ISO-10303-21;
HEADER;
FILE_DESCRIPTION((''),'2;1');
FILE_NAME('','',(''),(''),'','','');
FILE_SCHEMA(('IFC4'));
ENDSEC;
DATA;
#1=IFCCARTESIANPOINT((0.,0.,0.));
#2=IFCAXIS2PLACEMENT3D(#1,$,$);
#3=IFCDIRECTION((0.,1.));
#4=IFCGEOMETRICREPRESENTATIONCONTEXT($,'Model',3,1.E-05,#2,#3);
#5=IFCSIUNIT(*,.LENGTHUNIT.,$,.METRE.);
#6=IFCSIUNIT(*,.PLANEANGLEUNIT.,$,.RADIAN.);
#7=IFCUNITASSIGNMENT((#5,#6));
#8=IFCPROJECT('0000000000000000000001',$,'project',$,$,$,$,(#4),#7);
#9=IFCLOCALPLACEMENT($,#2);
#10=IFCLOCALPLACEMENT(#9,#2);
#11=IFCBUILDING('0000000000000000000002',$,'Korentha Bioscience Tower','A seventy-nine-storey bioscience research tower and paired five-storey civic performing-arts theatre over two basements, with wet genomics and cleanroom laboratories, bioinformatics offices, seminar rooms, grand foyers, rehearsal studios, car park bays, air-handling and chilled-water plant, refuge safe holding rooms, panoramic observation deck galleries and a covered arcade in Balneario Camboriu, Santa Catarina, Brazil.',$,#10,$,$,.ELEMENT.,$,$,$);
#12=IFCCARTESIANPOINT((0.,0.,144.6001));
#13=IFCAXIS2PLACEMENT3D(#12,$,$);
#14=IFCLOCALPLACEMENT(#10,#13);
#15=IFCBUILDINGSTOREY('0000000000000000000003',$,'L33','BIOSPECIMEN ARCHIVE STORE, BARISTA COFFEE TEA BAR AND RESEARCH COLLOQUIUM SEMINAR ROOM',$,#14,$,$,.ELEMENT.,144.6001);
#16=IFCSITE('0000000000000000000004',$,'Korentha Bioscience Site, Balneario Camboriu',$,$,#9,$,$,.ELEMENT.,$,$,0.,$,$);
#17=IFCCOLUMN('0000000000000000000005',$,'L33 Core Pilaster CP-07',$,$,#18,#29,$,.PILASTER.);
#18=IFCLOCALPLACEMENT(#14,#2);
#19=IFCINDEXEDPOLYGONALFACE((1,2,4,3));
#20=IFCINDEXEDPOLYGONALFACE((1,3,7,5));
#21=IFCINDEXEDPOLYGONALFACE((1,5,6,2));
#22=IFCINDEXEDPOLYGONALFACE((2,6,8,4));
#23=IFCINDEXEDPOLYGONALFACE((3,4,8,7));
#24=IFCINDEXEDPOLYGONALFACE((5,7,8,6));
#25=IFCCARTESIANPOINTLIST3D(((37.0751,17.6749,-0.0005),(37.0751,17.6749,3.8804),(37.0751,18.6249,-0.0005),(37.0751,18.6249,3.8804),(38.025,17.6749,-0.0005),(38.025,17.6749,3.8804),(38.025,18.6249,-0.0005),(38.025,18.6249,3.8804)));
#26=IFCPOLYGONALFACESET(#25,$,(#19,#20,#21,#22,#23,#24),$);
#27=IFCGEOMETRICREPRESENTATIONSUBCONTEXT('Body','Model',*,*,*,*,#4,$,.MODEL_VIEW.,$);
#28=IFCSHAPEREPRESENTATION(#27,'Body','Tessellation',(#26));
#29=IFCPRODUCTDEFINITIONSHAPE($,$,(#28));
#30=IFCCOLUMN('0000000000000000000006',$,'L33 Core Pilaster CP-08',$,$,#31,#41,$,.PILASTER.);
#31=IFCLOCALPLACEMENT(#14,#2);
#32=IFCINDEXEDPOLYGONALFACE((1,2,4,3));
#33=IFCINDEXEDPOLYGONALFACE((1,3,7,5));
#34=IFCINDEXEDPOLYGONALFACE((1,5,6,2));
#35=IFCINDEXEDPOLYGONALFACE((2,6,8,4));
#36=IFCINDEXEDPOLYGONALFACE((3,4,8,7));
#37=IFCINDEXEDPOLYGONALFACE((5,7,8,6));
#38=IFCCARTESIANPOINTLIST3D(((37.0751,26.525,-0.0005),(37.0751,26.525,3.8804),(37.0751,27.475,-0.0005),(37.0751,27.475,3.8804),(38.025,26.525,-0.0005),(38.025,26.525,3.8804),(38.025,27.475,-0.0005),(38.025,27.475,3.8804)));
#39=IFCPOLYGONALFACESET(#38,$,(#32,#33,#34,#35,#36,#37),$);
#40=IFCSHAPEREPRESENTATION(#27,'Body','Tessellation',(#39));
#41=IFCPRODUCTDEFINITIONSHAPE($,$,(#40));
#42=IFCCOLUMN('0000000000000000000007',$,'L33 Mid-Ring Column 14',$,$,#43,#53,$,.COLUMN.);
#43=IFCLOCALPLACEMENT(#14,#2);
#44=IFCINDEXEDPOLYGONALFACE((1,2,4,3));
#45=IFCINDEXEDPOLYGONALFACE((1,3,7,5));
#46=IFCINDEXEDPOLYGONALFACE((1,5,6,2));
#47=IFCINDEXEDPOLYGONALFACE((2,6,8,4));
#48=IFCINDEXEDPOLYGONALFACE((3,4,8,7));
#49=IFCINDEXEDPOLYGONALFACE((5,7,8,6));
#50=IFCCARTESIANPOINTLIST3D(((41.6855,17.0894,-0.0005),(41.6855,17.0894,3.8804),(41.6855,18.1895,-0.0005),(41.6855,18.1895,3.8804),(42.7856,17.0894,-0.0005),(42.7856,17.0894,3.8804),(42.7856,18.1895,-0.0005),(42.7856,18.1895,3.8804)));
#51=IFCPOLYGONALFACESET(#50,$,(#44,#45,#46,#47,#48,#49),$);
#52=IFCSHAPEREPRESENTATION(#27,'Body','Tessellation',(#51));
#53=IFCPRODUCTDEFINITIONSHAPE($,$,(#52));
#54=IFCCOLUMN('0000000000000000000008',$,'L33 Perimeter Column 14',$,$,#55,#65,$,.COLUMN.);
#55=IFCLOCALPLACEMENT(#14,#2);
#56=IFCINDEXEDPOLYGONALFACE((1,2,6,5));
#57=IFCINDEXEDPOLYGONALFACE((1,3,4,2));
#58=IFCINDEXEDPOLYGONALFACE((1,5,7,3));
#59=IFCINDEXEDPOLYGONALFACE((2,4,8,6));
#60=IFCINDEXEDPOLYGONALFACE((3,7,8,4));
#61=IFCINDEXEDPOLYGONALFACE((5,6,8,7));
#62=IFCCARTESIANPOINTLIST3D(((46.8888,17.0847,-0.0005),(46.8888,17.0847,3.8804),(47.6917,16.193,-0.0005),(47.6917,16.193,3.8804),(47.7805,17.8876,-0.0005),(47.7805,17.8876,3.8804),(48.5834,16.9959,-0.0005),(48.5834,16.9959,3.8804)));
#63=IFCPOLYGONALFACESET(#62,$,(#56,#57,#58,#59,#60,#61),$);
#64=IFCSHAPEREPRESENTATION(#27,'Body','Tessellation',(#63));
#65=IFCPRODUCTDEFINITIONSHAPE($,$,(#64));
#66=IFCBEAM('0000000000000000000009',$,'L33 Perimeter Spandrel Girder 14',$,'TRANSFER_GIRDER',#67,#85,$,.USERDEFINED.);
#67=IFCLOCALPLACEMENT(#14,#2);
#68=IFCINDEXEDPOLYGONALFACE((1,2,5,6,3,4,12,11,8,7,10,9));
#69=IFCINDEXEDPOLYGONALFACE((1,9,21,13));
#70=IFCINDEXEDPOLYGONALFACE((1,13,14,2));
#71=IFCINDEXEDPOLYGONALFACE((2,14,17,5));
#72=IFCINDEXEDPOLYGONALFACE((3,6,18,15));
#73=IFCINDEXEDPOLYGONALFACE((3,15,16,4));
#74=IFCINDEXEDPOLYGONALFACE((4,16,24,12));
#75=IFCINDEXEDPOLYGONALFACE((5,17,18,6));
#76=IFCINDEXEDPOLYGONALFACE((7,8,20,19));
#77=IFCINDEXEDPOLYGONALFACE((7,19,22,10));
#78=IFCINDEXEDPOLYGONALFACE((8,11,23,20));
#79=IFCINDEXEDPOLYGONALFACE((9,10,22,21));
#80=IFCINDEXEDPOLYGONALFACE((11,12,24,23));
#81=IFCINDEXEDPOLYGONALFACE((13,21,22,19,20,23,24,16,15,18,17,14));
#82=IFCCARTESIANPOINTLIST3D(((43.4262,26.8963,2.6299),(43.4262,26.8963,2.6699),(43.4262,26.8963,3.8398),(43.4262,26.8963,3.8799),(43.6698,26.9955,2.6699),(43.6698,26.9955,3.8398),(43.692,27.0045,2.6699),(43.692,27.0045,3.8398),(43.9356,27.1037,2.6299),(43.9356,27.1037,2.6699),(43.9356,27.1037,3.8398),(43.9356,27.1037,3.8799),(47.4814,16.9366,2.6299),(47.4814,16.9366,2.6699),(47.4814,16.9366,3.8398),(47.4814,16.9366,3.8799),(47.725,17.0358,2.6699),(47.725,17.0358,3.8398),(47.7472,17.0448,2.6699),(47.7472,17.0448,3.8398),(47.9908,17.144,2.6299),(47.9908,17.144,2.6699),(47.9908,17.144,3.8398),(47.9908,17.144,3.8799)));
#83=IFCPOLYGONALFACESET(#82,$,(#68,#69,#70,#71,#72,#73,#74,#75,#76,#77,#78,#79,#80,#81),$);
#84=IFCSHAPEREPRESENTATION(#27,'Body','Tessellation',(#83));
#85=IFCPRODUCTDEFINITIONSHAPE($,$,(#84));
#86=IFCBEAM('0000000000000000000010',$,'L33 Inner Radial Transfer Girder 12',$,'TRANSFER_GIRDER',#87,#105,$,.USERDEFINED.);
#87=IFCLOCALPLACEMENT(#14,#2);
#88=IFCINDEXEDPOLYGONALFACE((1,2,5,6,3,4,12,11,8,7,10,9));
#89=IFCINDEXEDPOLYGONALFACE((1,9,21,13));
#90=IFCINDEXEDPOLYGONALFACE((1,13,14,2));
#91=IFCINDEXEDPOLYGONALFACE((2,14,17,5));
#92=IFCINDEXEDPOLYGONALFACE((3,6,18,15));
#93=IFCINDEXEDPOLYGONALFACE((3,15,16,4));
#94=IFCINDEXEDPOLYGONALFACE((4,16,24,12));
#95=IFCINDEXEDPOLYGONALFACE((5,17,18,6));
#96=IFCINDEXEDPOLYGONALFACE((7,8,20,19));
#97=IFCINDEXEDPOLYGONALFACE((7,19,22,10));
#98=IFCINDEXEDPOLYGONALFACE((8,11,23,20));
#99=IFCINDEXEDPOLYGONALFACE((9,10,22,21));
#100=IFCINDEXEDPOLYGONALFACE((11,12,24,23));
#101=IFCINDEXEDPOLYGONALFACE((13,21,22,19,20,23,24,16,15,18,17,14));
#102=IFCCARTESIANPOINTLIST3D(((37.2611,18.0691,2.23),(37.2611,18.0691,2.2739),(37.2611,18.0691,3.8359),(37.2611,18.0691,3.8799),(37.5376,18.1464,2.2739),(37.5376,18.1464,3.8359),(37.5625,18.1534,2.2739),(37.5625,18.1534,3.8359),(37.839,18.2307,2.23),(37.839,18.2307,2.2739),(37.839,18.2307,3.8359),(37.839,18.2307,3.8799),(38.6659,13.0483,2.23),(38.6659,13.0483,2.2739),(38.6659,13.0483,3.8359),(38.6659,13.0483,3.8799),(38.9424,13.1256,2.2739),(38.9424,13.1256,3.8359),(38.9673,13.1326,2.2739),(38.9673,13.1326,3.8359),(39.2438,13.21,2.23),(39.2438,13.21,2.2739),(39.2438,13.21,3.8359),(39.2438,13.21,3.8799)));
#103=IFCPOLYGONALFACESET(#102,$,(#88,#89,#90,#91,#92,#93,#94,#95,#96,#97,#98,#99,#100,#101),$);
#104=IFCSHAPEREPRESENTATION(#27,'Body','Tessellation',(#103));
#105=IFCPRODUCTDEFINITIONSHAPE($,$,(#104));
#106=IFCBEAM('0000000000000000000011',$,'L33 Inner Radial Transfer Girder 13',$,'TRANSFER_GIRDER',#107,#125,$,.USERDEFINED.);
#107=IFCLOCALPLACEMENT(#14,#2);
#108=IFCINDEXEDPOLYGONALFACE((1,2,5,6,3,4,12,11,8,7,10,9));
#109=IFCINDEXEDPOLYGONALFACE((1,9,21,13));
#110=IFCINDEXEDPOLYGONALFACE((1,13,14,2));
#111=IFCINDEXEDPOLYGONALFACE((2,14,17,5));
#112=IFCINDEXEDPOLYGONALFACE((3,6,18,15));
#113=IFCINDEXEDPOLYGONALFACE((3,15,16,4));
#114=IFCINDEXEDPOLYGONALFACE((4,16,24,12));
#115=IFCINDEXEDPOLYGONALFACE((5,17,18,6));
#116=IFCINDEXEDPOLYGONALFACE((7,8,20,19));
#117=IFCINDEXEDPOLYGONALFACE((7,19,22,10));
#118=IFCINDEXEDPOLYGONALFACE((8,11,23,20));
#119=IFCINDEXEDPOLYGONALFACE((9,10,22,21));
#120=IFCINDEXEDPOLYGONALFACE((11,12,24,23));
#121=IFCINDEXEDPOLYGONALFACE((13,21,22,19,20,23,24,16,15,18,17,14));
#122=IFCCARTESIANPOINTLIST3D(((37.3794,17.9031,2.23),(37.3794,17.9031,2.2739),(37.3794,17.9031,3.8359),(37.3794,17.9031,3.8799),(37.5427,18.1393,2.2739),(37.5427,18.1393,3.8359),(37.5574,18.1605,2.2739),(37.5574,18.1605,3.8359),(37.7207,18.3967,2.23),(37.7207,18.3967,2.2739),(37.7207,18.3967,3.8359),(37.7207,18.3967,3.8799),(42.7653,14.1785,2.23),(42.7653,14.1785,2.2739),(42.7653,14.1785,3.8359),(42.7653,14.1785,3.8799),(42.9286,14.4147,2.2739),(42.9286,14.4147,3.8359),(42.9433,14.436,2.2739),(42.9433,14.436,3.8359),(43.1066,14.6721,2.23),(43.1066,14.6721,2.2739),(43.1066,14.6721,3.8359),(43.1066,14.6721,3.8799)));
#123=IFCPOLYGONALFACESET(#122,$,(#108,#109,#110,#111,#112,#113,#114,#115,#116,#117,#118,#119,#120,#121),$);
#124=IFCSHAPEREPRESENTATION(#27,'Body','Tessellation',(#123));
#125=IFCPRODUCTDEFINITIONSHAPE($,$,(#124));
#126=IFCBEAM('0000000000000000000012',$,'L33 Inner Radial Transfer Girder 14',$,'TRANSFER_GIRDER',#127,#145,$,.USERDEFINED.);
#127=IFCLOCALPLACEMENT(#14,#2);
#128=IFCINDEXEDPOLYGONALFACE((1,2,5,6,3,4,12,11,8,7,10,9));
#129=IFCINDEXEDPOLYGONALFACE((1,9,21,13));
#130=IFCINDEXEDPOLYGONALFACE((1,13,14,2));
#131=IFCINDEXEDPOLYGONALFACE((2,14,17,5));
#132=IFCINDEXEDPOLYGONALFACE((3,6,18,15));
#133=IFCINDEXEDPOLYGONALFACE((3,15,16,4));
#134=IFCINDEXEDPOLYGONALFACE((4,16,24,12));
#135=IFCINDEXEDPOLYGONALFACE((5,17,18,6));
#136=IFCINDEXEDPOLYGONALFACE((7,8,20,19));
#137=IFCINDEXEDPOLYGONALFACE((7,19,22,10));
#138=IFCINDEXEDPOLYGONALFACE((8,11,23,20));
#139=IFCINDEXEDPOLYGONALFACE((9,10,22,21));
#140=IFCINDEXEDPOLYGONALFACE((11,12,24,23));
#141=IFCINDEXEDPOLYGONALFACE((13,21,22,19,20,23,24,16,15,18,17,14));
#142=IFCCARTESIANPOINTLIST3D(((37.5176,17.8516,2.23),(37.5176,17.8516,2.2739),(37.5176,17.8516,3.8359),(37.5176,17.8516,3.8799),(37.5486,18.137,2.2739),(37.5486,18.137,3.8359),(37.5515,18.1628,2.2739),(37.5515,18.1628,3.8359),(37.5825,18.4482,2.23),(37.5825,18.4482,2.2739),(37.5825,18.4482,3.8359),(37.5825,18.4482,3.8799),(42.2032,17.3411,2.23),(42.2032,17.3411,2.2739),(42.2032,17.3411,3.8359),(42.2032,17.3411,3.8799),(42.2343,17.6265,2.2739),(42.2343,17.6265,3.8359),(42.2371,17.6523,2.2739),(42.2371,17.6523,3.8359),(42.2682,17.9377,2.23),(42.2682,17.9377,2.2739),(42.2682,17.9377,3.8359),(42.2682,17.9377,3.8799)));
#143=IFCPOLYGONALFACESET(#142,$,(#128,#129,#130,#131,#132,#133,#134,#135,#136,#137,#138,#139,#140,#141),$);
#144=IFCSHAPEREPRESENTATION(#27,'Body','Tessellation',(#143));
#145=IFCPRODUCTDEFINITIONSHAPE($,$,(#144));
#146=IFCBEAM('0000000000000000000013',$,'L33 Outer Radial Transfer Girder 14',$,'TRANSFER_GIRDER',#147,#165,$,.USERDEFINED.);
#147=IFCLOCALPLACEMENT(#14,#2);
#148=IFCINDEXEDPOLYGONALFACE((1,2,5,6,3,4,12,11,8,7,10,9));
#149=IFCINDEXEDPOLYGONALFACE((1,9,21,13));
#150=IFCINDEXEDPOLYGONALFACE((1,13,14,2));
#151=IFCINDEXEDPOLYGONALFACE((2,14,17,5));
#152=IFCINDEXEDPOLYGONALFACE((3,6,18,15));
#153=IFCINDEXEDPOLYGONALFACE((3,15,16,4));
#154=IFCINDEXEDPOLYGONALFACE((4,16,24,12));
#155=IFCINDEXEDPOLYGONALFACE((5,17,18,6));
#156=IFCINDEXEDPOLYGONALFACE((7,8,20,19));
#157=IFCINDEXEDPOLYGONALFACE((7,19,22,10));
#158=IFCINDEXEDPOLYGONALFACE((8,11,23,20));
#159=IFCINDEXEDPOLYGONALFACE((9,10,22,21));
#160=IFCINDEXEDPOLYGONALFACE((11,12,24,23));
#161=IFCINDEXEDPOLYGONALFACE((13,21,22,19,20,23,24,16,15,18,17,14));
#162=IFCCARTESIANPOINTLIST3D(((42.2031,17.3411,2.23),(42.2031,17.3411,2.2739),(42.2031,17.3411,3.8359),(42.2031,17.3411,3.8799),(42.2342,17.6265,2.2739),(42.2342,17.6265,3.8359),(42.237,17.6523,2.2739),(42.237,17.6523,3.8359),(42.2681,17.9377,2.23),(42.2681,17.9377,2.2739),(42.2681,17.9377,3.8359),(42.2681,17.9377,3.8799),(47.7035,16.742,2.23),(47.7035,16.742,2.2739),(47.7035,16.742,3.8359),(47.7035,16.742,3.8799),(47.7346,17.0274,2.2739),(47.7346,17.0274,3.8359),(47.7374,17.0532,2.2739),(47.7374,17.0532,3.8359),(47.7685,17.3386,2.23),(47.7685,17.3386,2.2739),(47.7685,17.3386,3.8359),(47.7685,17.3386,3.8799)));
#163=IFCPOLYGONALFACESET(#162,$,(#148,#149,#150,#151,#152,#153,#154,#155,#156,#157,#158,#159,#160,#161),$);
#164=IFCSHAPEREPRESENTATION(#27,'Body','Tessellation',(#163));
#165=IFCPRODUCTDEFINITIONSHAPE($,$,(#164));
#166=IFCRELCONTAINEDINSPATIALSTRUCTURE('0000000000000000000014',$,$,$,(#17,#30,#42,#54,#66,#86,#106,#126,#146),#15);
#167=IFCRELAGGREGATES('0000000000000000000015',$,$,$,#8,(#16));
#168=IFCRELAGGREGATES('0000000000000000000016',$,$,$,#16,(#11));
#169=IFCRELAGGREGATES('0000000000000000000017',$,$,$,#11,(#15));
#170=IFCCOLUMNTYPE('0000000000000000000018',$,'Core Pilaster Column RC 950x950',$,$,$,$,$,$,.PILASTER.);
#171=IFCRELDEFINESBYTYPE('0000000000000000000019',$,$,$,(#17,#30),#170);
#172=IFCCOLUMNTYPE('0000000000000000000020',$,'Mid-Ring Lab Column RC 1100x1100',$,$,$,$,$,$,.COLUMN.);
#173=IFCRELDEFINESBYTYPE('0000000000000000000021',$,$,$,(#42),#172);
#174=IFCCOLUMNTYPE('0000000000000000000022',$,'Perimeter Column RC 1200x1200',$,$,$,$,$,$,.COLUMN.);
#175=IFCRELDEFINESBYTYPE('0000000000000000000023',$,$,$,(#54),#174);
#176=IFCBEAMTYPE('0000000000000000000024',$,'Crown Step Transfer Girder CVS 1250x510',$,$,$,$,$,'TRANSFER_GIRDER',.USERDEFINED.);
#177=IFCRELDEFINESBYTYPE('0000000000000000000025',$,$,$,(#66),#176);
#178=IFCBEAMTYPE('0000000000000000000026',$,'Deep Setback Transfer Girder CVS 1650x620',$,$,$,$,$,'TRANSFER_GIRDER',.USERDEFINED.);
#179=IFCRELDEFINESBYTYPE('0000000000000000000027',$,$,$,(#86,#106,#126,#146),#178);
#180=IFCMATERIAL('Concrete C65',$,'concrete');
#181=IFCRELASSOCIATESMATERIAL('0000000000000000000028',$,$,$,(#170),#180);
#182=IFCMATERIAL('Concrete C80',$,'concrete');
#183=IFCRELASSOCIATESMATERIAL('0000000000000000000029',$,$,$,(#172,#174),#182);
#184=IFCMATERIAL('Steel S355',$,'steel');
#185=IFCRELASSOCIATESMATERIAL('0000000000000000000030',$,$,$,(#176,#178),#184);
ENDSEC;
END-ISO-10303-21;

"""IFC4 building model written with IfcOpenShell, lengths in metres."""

from ifc_helpers import new_model, si_unit, direction, frame, origin, origin_2d, place, context, subcontext, project, spatial, rectangle, i_section, extrude, material, material_profile, profile_set, type_object, element, save


model = new_model("IFC4")

# Units and contexts
model_context = context("Model", 3, precision=1e-05, world=origin(), true_north=direction((0.0, 1.0)))
body_context = subcontext(model_context, "Body", "Model", "MODEL_VIEW")
ifc_project = project(units=[si_unit("LENGTHUNIT", "METRE"), si_unit("PLANEANGLEUNIT", "RADIAN")], contexts=[model_context])

# Site, building, storey
site_placement = place(None, origin())
site = spatial("IfcSite", under=ifc_project, at=site_placement, Name="Korentha Bioscience Site, Balneario Camboriu", CompositionType="ELEMENT", RefElevation=0.0)
building_placement = place(site_placement, origin())
building = spatial("IfcBuilding", under=site, at=building_placement, Name="Korentha Bioscience Tower", Description="A seventy-nine-storey bioscience research tower and paired five-storey civic performing-arts theatre over two basements, with wet genomics and cleanroom laboratories, bioinformatics offices, seminar rooms, grand foyers, rehearsal studios, car park bays, air-handling and chilled-water plant, refuge safe holding rooms, panoramic observation deck galleries and a covered arcade in Balneario Camboriu, Santa Catarina, Brazil.", CompositionType="ELEMENT")
storey_placement = place(building_placement, frame((0.0, 0.0, 144.6001)))
storey = spatial("IfcBuildingStorey", under=building, at=storey_placement, Name="L33", Description="BIOSPECIMEN ARCHIVE STORE, BARISTA COFFEE TEA BAR AND RESEARCH COLLOQUIUM SEMINAR ROOM", CompositionType="ELEMENT", Elevation=144.6001)

# Columns
ifc_material_1 = material(Name="Concrete C65", Category="concrete")
ifc_material_profile_1 = material_profile(ifc_material_1, rectangle(XDim=0.95, YDim=0.95, at=origin_2d()), Name="Concrete C65")
ifc_profile_set_1 = profile_set([ifc_material_profile_1], Name="Concrete C65 (COL-CP09)")
column_type_1 = type_object("IfcColumnType", Name="Core Pilaster Column RC 950x950", PredefinedType="PILASTER", material=ifc_profile_set_1)
for number, where, z_axis, x_axis, name in (
    (1, (37.55, 18.1499, -0.0005), (0.0, 0.0, 1.0), (1.0, 0.0, 0.0), "L33 Core Pilaster CP-07"),
    (2, (37.55, 27.0, -0.0005), (0.0, 0.0, 1.0), (1.0, 0.0, 0.0), "L33 Core Pilaster CP-08"),
):
    element("IfcColumn", number, at=place(storey_placement, frame(where, z_axis=z_axis, x_axis=x_axis)), inside=storey, type_object=column_type_1, Name=name, PredefinedType="PILASTER", context=body_context, shape_type="SweptSolid", body=[
        extrude(rectangle(XDim=0.95, YDim=0.95, at=origin_2d()), origin(), (0.0, 0.0, 1.0), 3.8809),
    ])
ifc_material_2 = material(Name="Concrete C80", Category="concrete")
ifc_material_profile_2 = material_profile(ifc_material_2, rectangle(XDim=1.1001, YDim=1.1001, at=origin_2d()), Name="Concrete C80")
ifc_profile_set_2 = profile_set([ifc_material_profile_2], Name="Concrete C80 (COL-MR11)")
column_type_2 = type_object("IfcColumnType", Name="Mid-Ring Lab Column RC 1100x1100", PredefinedType="COLUMN", material=ifc_profile_set_2)
column_1_placement = place(storey_placement, frame((42.2356, 17.6394, -0.0005), z_axis=(0.0, 0.0, 1.0), x_axis=(1.0, 0.0, 0.0)))
element("IfcColumn", 3, at=column_1_placement, inside=storey, type_object=column_type_2, Name="L33 Mid-Ring Column 14", PredefinedType="COLUMN", context=body_context, shape_type="SweptSolid", body=[
    extrude(rectangle(XDim=1.1001, YDim=1.1001, at=origin_2d()), origin(), (0.0, 0.0, 1.0), 3.8809),
])
ifc_material_profile_3 = material_profile(ifc_material_2, rectangle(XDim=1.2, YDim=1.2, at=origin_2d()), Name="Concrete C80")
ifc_profile_set_3 = profile_set([ifc_material_profile_3], Name="Concrete C80 (COL-P12)")
column_type_3 = type_object("IfcColumnType", Name="Perimeter Column RC 1200x1200", PredefinedType="COLUMN", material=ifc_profile_set_3)
column_2_placement = place(storey_placement, frame((47.7361, 17.0403, -0.0005), z_axis=(0.0, 0.0, 1.0), x_axis=(-0.669131, 0.743145, 0.0)))
element("IfcColumn", 4, at=column_2_placement, inside=storey, type_object=column_type_3, Name="L33 Perimeter Column 14", PredefinedType="COLUMN", context=body_context, shape_type="SweptSolid", body=[
    extrude(rectangle(XDim=1.2, YDim=1.2, at=origin_2d()), origin(), (0.0, 0.0, 1.0), 3.8809),
])

# Beams
ifc_material_3 = material(Name="Steel S355", Category="steel")
ifc_material_profile_4 = material_profile(ifc_material_3, i_section(OverallWidth=0.55, OverallDepth=1.25, WebThickness=0.0239, FlangeThickness=0.04, at=origin_2d()), Name="Steel S355")
ifc_profile_set_4 = profile_set([ifc_material_profile_4], Name="Steel S355 (TG-03)")
beam_type_1 = type_object("IfcBeamType", Name="Crown Step Transfer Girder CVS 1250x510", ElementType="TRANSFER_GIRDER", PredefinedType="USERDEFINED", material=ifc_profile_set_4)
beam_1_placement = place(storey_placement, frame((47.7361, 17.0403, 3.2549), z_axis=(-0.377099, 0.926173, 0.0), x_axis=(-0.926173, -0.377099, 0.0)))
element("IfcBeam", 5, at=beam_1_placement, inside=storey, type_object=beam_type_1, Name="L33 Perimeter Spandrel Girder 14", ObjectType="TRANSFER_GIRDER", PredefinedType="USERDEFINED", context=body_context, shape_type="SweptSolid", body=[
    extrude(i_section(OverallWidth=0.55, OverallDepth=1.25, WebThickness=0.0239, FlangeThickness=0.04, at=origin_2d()), origin(), (0.0, 0.0, 1.0), 10.7537),
])
ifc_material_profile_5 = material_profile(ifc_material_3, i_section(OverallWidth=0.6001, OverallDepth=1.6499, WebThickness=0.0259, FlangeThickness=0.0439, at=origin_2d()), Name="Steel S355")
ifc_profile_set_5 = profile_set([ifc_material_profile_5], Name="Steel S355 (TG-04)")
beam_type_2 = type_object("IfcBeamType", Name="Deep Setback Transfer Girder CVS 1650x620", ElementType="TRANSFER_GIRDER", PredefinedType="USERDEFINED", material=ifc_profile_set_5)
beam_2_placement = place(storey_placement, frame((37.55, 18.1499, 3.0549), z_axis=(0.269448, -0.963015, 0.0), x_axis=(0.963015, 0.269448, 0.0)))
element("IfcBeam", 6, at=beam_2_placement, inside=storey, type_object=beam_type_2, Name="L33 Inner Radial Transfer Girder 12", ObjectType="TRANSFER_GIRDER", PredefinedType="USERDEFINED", context=body_context, shape_type="SweptSolid", body=[
    extrude(i_section(OverallWidth=0.6001, OverallDepth=1.6499, WebThickness=0.0259, FlangeThickness=0.0439, at=origin_2d()), origin(), (0.0, 0.0, 1.0), 5.2136),
])
beam_3_placement = place(storey_placement, frame((37.55, 18.1499, 3.0549), z_axis=(0.822489, -0.568781, 0.0), x_axis=(0.568781, 0.822489, 0.0)))
element("IfcBeam", 7, at=beam_3_placement, inside=storey, type_object=beam_type_2, Name="L33 Inner Radial Transfer Girder 13", ObjectType="TRANSFER_GIRDER", PredefinedType="USERDEFINED", context=body_context, shape_type="SweptSolid", body=[
    extrude(i_section(OverallWidth=0.6001, OverallDepth=1.6499, WebThickness=0.0259, FlangeThickness=0.0439, at=origin_2d()), origin(), (0.0, 0.0, 1.0), 6.5483),
])
beam_4_placement = place(storey_placement, frame((37.55, 18.1499, 3.0549), z_axis=(0.994117, -0.108311, 0.0), x_axis=(0.108311, 0.994117, 0.0)))
element("IfcBeam", 8, at=beam_4_placement, inside=storey, type_object=beam_type_2, Name="L33 Inner Radial Transfer Girder 14", ObjectType="TRANSFER_GIRDER", PredefinedType="USERDEFINED", context=body_context, shape_type="SweptSolid", body=[
    extrude(i_section(OverallWidth=0.6001, OverallDepth=1.6499, WebThickness=0.0259, FlangeThickness=0.0439, at=origin_2d()), origin(), (0.0, 0.0, 1.0), 4.7134),
])
beam_5_placement = place(storey_placement, frame((42.2356, 17.6394, 3.0549), z_axis=(0.99412, -0.108281, 0.0), x_axis=(0.108281, 0.99412, 0.0)))
element("IfcBeam", 9, at=beam_5_placement, inside=storey, type_object=beam_type_2, Name="L33 Outer Radial Transfer Girder 14", ObjectType="TRANSFER_GIRDER", PredefinedType="USERDEFINED", context=body_context, shape_type="SweptSolid", body=[
    extrude(i_section(OverallWidth=0.6001, OverallDepth=1.6499, WebThickness=0.0259, FlangeThickness=0.0439, at=origin_2d()), origin(), (0.0, 0.0, 1.0), 5.533),
])

save(model, "model.ifc")
